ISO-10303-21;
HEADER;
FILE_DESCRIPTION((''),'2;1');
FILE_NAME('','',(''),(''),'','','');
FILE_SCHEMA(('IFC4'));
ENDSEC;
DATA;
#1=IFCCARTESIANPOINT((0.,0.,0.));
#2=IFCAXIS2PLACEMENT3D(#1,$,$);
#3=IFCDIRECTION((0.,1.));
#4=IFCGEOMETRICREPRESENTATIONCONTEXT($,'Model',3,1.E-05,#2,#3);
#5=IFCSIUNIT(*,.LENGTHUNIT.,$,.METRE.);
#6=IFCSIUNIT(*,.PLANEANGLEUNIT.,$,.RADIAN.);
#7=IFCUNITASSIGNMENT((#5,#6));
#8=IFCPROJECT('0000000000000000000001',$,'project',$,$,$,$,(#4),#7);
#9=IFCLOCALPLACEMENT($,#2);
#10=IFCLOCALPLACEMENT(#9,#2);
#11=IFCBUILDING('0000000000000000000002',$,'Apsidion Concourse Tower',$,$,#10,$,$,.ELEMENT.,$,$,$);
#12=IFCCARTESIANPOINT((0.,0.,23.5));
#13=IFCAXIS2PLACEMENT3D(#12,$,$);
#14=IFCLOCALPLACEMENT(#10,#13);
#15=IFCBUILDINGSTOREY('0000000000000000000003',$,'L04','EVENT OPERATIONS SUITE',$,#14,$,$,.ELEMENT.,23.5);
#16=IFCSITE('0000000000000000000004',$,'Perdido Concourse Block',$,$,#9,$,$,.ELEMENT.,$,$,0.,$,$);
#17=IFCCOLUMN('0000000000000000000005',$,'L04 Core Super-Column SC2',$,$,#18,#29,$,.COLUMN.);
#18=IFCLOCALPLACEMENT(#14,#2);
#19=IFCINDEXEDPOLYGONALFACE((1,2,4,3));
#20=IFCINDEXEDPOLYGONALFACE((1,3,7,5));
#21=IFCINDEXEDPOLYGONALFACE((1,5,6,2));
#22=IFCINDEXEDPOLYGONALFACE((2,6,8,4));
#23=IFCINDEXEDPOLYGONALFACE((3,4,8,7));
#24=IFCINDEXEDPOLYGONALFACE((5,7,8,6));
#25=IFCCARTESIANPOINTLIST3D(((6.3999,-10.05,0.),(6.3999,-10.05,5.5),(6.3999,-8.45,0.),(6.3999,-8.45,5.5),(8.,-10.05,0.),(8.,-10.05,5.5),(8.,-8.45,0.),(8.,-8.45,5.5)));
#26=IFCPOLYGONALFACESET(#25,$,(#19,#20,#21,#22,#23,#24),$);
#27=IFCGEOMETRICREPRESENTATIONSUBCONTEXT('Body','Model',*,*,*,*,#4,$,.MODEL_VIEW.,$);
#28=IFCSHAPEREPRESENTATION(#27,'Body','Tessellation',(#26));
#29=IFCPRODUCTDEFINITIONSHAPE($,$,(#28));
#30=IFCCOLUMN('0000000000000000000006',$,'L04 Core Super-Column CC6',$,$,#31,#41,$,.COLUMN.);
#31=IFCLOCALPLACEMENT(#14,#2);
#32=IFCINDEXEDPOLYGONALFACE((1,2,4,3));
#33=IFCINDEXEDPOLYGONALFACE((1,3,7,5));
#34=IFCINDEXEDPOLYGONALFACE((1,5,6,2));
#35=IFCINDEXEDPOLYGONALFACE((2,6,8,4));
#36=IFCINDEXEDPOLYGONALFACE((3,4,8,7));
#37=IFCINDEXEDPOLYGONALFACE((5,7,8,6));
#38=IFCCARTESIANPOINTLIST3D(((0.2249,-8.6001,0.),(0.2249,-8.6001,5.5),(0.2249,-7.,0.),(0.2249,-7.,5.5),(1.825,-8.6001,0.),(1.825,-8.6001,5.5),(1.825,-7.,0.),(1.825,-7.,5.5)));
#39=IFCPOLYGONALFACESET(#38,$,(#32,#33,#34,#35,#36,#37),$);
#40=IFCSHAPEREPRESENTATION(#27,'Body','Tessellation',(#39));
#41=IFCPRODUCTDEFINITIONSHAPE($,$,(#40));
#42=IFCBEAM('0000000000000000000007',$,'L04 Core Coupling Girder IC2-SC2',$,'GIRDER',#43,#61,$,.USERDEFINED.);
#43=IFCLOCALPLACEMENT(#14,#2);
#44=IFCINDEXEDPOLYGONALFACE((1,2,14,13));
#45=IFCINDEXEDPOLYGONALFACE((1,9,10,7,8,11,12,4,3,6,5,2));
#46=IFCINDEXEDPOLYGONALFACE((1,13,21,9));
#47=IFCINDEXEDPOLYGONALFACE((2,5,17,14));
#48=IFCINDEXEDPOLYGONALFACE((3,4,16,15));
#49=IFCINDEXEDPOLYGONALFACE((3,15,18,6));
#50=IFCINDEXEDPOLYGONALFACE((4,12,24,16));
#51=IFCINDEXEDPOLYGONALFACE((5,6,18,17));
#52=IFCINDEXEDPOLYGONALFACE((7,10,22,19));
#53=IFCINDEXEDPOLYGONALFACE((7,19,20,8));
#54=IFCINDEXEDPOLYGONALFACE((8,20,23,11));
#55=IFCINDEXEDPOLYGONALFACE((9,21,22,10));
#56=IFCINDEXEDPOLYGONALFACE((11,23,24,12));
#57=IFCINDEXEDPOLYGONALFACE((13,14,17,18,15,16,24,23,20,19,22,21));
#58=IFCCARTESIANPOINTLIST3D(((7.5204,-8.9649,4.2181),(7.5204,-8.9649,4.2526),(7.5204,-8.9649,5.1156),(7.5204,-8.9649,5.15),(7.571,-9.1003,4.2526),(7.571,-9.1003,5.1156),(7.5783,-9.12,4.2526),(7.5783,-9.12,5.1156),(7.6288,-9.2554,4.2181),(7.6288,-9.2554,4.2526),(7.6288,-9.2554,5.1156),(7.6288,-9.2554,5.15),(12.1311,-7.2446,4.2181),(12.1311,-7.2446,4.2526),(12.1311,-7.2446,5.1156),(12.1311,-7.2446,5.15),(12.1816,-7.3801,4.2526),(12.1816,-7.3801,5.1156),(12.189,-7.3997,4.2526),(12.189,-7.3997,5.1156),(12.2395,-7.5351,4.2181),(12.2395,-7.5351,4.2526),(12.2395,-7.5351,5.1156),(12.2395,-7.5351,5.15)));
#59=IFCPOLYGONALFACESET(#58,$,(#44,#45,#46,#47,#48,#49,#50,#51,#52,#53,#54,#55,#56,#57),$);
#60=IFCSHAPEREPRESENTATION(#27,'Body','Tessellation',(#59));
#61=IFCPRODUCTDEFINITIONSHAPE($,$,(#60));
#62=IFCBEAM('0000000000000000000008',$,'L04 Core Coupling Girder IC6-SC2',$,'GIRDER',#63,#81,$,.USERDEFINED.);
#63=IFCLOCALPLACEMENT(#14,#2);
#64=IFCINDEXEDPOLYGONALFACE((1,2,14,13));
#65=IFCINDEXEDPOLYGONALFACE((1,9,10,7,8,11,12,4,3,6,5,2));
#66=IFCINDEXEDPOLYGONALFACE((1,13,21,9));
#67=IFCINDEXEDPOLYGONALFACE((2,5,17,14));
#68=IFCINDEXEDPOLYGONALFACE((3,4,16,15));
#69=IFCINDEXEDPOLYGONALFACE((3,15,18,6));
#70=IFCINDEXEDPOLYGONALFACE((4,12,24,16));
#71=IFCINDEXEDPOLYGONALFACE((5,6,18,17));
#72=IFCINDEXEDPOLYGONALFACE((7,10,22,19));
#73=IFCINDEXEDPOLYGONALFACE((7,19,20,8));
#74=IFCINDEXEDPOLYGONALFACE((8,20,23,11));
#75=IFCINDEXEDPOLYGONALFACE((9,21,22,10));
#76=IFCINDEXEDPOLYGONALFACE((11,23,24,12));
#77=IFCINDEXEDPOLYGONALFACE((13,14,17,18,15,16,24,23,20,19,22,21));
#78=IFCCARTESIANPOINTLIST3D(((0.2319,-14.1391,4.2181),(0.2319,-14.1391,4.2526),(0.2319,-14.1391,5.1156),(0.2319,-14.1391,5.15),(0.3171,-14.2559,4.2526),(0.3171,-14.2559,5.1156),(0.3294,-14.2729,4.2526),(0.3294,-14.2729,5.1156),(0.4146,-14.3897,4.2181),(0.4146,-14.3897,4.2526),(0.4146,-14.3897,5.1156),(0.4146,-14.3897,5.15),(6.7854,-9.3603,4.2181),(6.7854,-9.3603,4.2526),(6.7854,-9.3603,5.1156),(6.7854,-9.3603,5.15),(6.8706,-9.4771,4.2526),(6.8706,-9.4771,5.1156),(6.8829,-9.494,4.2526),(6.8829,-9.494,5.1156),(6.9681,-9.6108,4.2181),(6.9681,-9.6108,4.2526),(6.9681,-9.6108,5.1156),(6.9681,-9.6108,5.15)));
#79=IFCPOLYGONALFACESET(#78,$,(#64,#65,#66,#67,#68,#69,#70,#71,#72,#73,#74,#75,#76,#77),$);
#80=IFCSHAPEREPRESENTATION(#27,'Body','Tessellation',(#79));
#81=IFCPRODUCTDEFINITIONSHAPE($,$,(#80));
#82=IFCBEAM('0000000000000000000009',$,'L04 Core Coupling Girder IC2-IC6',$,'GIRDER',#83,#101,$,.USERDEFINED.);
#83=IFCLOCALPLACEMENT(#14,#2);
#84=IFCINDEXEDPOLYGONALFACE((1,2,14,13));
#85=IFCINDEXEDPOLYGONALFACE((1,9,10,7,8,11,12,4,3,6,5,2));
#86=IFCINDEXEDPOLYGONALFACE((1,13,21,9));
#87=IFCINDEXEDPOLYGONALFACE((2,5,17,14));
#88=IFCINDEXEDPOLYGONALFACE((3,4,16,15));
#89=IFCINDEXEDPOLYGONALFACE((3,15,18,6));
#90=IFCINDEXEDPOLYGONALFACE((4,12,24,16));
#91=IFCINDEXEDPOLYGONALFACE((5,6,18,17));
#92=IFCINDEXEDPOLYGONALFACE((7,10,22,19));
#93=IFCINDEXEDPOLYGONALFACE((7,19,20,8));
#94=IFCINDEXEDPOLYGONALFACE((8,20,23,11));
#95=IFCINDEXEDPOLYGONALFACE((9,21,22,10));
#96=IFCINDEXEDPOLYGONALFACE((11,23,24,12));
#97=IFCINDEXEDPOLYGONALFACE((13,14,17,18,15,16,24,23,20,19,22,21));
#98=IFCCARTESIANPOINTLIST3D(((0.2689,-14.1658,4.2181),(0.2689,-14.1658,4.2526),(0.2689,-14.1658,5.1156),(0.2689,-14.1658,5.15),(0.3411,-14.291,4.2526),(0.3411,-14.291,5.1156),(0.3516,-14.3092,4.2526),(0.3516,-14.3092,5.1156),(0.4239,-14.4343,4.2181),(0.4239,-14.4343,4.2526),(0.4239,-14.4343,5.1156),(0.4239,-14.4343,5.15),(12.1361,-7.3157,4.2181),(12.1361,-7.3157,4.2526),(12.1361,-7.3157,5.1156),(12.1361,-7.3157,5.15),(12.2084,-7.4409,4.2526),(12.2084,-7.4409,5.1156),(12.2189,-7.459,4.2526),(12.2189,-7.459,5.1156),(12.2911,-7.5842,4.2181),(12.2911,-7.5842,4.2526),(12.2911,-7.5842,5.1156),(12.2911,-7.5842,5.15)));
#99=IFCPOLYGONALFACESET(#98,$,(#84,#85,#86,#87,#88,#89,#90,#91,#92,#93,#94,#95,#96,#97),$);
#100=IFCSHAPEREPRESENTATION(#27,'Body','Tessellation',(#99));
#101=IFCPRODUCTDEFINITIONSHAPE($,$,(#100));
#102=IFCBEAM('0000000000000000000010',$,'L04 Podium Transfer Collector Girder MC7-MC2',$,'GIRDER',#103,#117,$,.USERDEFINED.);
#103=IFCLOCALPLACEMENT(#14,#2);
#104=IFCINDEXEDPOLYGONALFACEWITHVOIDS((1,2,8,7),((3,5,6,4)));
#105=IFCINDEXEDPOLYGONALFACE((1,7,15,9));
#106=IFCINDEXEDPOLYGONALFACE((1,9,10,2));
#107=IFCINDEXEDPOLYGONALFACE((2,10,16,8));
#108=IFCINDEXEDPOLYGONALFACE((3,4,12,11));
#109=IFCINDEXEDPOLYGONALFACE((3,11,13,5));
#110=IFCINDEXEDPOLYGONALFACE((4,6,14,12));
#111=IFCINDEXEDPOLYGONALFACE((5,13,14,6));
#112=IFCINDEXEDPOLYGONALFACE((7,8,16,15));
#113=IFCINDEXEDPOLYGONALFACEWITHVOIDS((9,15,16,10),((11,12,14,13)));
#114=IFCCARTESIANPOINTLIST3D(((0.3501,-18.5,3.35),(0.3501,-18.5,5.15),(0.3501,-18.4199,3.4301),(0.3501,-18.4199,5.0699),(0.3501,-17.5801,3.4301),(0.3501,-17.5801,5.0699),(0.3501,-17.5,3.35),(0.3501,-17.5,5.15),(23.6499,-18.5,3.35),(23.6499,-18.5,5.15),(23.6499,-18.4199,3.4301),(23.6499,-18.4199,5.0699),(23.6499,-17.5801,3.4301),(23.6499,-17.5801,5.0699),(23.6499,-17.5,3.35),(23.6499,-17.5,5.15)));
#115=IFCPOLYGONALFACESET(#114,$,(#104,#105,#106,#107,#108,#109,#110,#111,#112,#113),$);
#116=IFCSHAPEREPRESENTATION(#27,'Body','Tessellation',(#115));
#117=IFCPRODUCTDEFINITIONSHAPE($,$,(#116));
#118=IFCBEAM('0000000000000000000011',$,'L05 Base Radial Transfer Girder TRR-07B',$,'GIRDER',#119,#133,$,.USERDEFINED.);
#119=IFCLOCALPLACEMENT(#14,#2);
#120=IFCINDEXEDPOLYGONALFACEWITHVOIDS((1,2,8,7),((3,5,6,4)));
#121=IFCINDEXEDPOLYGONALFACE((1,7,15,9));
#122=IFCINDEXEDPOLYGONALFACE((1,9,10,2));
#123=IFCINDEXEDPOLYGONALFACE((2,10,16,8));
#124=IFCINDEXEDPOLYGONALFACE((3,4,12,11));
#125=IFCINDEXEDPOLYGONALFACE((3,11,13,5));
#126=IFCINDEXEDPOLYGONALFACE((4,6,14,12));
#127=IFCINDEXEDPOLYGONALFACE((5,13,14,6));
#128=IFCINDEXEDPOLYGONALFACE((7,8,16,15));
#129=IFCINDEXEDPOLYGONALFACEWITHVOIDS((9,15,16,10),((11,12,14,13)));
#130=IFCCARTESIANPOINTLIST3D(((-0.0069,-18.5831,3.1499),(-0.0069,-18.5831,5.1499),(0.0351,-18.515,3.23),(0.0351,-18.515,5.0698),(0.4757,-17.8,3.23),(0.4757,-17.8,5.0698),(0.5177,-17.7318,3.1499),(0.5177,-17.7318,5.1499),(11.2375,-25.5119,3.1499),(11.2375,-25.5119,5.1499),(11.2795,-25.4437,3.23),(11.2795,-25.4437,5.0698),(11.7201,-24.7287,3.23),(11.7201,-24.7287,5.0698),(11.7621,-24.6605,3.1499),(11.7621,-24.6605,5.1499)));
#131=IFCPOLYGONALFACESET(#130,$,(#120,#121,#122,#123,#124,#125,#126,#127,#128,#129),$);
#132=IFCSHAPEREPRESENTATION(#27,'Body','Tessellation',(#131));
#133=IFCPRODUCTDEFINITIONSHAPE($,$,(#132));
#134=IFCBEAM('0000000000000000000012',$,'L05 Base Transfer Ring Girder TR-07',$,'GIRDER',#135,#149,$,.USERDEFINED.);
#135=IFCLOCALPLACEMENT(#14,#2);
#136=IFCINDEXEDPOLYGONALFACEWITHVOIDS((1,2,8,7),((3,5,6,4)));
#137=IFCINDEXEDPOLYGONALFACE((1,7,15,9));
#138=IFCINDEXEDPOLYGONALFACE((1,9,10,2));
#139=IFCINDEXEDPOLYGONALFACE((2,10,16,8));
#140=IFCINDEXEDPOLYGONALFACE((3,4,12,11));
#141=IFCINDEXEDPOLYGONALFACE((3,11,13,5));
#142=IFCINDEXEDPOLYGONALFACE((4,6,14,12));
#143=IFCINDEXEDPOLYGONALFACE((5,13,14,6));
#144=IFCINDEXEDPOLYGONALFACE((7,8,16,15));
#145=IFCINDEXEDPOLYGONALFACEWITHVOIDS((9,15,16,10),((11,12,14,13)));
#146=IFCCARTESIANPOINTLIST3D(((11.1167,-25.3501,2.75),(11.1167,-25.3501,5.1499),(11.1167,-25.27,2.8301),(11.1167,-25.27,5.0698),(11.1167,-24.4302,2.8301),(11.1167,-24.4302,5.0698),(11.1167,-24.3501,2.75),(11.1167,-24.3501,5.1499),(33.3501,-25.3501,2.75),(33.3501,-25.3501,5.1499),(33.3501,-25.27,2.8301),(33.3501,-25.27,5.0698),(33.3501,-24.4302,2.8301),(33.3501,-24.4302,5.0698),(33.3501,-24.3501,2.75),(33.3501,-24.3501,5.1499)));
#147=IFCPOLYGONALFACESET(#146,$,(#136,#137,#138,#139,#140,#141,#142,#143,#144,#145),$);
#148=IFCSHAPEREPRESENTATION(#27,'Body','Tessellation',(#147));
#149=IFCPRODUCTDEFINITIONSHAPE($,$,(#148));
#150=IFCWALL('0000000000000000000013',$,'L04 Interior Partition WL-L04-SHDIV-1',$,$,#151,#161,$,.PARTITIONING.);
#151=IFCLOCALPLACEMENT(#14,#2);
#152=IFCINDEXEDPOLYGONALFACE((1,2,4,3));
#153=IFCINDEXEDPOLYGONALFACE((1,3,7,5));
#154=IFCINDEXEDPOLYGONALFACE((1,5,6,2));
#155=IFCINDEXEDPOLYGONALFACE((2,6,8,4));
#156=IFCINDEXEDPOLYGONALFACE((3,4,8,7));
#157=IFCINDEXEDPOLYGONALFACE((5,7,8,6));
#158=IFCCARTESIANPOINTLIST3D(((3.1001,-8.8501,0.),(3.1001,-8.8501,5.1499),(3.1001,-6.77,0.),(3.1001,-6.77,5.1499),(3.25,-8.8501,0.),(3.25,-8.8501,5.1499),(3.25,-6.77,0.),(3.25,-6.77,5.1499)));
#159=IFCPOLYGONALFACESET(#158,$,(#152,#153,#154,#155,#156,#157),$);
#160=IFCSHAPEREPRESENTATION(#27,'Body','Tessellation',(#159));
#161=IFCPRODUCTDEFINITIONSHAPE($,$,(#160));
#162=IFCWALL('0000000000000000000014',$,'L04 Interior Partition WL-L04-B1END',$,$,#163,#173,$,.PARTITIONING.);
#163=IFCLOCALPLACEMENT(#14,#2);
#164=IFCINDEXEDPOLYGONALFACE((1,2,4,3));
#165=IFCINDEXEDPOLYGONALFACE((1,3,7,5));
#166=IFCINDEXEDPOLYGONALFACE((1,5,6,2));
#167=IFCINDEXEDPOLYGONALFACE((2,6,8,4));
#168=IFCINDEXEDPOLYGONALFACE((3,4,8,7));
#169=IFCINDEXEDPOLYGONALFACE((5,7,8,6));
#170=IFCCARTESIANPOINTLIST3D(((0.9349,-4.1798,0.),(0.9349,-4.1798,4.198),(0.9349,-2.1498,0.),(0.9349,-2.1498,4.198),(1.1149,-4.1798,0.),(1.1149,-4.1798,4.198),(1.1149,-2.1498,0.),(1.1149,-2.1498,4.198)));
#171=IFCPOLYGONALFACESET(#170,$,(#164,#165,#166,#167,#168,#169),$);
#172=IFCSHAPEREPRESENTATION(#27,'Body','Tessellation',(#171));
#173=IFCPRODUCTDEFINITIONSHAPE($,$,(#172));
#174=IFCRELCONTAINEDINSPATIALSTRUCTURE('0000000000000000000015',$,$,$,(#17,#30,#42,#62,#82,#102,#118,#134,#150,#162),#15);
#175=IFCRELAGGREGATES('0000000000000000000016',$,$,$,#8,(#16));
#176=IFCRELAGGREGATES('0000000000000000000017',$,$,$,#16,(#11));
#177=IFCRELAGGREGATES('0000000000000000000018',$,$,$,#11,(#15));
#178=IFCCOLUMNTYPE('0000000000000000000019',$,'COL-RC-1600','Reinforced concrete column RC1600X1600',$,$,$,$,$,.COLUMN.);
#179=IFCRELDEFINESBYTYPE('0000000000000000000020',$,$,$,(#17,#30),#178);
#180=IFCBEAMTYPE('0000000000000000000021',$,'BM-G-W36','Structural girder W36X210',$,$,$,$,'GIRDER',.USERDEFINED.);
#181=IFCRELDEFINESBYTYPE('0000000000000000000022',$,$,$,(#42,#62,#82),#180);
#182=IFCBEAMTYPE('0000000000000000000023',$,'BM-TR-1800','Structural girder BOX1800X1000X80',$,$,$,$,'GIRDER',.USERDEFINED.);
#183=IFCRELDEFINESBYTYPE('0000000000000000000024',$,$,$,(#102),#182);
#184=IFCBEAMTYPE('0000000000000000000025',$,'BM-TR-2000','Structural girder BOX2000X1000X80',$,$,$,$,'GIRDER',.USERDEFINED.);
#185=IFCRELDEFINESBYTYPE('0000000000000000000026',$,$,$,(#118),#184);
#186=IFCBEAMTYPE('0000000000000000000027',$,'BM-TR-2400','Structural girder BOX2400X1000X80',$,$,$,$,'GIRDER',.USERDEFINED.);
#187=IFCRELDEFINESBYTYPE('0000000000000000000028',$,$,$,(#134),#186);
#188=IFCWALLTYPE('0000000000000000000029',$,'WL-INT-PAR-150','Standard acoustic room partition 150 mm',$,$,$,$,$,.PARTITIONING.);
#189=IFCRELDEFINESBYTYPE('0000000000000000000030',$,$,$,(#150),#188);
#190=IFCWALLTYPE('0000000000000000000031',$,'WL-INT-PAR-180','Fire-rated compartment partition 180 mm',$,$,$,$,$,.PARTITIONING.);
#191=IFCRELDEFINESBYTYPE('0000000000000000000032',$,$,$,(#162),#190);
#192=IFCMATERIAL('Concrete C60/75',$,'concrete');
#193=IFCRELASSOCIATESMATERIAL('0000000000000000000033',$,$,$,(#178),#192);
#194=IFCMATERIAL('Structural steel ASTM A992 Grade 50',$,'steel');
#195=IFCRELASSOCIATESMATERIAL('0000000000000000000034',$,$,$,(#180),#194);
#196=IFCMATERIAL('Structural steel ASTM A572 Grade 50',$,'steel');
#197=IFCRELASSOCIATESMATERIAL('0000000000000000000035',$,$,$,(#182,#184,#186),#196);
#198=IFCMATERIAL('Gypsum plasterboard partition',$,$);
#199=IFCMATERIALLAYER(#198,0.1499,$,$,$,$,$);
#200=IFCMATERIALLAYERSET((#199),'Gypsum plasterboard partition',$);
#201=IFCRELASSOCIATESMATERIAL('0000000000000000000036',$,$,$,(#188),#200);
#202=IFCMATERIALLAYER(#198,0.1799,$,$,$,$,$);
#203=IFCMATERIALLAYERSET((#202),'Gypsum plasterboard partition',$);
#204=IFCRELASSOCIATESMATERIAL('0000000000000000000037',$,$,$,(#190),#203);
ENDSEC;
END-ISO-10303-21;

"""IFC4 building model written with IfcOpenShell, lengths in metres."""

from ifc_helpers import new_model, si_unit, direction, frame, frame_2d, origin, origin_2d, place, context, subcontext, project, spatial, rectangle, hollow_rectangle, i_section, extrude, material, layer, layer_set, material_profile, profile_set, type_object, element, save


model = new_model("IFC4")

# Units and contexts
model_context = context("Model", 3, precision=1e-05, world=origin(), true_north=direction((0.0, 1.0)))
body_context = subcontext(model_context, "Body", "Model", "MODEL_VIEW")
ifc_project = project(units=[si_unit("LENGTHUNIT", "METRE"), si_unit("PLANEANGLEUNIT", "RADIAN")], contexts=[model_context])

# Site, building, storey
site_placement = place(None, origin())
site = spatial("IfcSite", under=ifc_project, at=site_placement, Name="Perdido Concourse Block", CompositionType="ELEMENT", RefElevation=0.0)
building_placement = place(site_placement, origin())
building = spatial("IfcBuilding", under=site, at=building_placement, Name="Apsidion Concourse Tower", CompositionType="ELEMENT")
storey_placement = place(building_placement, frame((0.0, 0.0, 23.5)))
storey = spatial("IfcBuildingStorey", under=building, at=storey_placement, Name="L04", Description="EVENT OPERATIONS SUITE", CompositionType="ELEMENT", Elevation=23.5)

# Columns
ifc_material_1 = material(Name="Concrete C60/75", Category="concrete")
ifc_material_profile_1 = material_profile(ifc_material_1, rectangle(XDim=1.6001, YDim=1.6001, at=origin_2d()), Name="RC 1600x1600")
ifc_profile_set_1 = profile_set([ifc_material_profile_1], Name="Concrete C60/75")
column_type = type_object("IfcColumnType", Name="COL-RC-1600", Description="Reinforced concrete column RC1600X1600", PredefinedType="COLUMN", material=ifc_profile_set_1)
for number, where, z_axis, x_axis, name in (
    (1, (7.2, -9.25, 0.0), (0.0, 0.0, 1.0), (1.0, 0.0, 0.0), "L04 Core Super-Column SC2"),
    (2, (1.0249, -7.8, 0.0), (0.0, 0.0, 1.0), (1.0, 0.0, 0.0), "L04 Core Super-Column CC6"),
):
    element("IfcColumn", number, at=place(storey_placement, frame(where, z_axis=z_axis, x_axis=x_axis)), inside=storey, type_object=column_type, Name=name, PredefinedType="COLUMN", context=body_context, shape_type="SweptSolid", body=[
        extrude(rectangle(XDim=1.6001, YDim=1.6001, at=origin_2d()), origin(), (0.0, 0.0, 1.0), 5.5),
    ])

# Beams
ifc_material_2 = material(Name="Structural steel ASTM A992 Grade 50", Category="steel")
ifc_material_profile_2 = material_profile(ifc_material_2, i_section(OverallWidth=0.3101, OverallDepth=0.9319, WebThickness=0.021, FlangeThickness=0.0344, at=origin_2d()), Name="W36X210")
ifc_profile_set_2 = profile_set([ifc_material_profile_2], Name="Structural steel ASTM A992 Grade 50")
beam_type_1 = type_object("IfcBeamType", Name="BM-G-W36", Description="Structural girder W36X210", ElementType="GIRDER", PredefinedType="USERDEFINED", material=ifc_profile_set_2)
beam_1_placement = place(storey_placement, frame((12.1853, -7.3899, 4.6841), z_axis=(-0.936913, -0.349563, 0.0), x_axis=(0.349563, -0.936913, 0.0)))
element("IfcBeam", 3, at=beam_1_placement, inside=storey, type_object=beam_type_1, Name="L04 Core Coupling Girder IC2-SC2", ObjectType="GIRDER", PredefinedType="USERDEFINED", context=body_context, shape_type="SweptSolid", body=[
    extrude(i_section(OverallWidth=0.3101, OverallDepth=0.9319, WebThickness=0.021, FlangeThickness=0.0344, at=origin_2d()), origin(), (0.0, 0.0, 1.0), 4.9211),
])
beam_2_placement = place(storey_placement, frame((0.3232, -14.2644, 4.6841), z_axis=(0.807993, 0.589191, 0.0), x_axis=(-0.589191, 0.807993, 0.0)))
element("IfcBeam", 4, at=beam_2_placement, inside=storey, type_object=beam_type_1, Name="L04 Core Coupling Girder IC6-SC2", ObjectType="GIRDER", PredefinedType="USERDEFINED", context=body_context, shape_type="SweptSolid", body=[
    extrude(i_section(OverallWidth=0.3101, OverallDepth=0.9319, WebThickness=0.021, FlangeThickness=0.0344, at=origin_2d()), origin(), (0.0, 0.0, 1.0), 8.1108),
])
beam_3_placement = place(storey_placement, frame((12.2136, -7.45, 4.6841), z_axis=(-0.86607, -0.499922, 0.0), x_axis=(0.499922, -0.86607, 0.0)))
element("IfcBeam", 5, at=beam_3_placement, inside=storey, type_object=beam_type_1, Name="L04 Core Coupling Girder IC2-IC6", ObjectType="GIRDER", PredefinedType="USERDEFINED", context=body_context, shape_type="SweptSolid", body=[
    extrude(i_section(OverallWidth=0.3101, OverallDepth=0.9319, WebThickness=0.021, FlangeThickness=0.0344, at=origin_2d()), origin(), (0.0, 0.0, 1.0), 13.7024),
])
ifc_material_3 = material(Name="Structural steel ASTM A572 Grade 50", Category="steel")
ifc_material_profile_3 = material_profile(ifc_material_3, hollow_rectangle(XDim=1.0, YDim=1.8, WallThickness=0.0801, at=origin_2d()), Name="BOX1800X1000X80")
ifc_profile_set_3 = profile_set([ifc_material_profile_3], Name="Structural steel ASTM A572 Grade 50")
beam_type_2 = type_object("IfcBeamType", Name="BM-TR-1800", Description="Structural girder BOX1800X1000X80", ElementType="GIRDER", PredefinedType="USERDEFINED", material=ifc_profile_set_3)
beam_4_placement = place(storey_placement, frame((0.3501, -18.0, 4.25), z_axis=(1.0, 0.0, 0.0), x_axis=(0.0, 1.0, 0.0)))
element("IfcBeam", 6, at=beam_4_placement, inside=storey, type_object=beam_type_2, Name="L04 Podium Transfer Collector Girder MC7-MC2", ObjectType="GIRDER", PredefinedType="USERDEFINED", context=body_context, shape_type="SweptSolid", body=[
    extrude(hollow_rectangle(XDim=1.0, YDim=1.8, WallThickness=0.0801, at=origin_2d()), origin(), (0.0, 0.0, 1.0), 23.2998),
])
ifc_material_profile_4 = material_profile(ifc_material_3, hollow_rectangle(XDim=1.0, YDim=2.0, WallThickness=0.0801, at=origin_2d()), Name="BOX2000X1000X80")
ifc_profile_set_4 = profile_set([ifc_material_profile_4], Name="Structural steel ASTM A572 Grade 50")
beam_type_3 = type_object("IfcBeamType", Name="BM-TR-2000", Description="Structural girder BOX2000X1000X80", ElementType="GIRDER", PredefinedType="USERDEFINED", material=ifc_profile_set_4)
beam_5_placement = place(storey_placement, frame((0.2554, -18.1575, 4.1499), z_axis=(0.851351, -0.524597, 0.0), x_axis=(0.524597, 0.851351, 0.0)))
element("IfcBeam", 7, at=beam_5_placement, inside=storey, type_object=beam_type_3, Name="L05 Base Radial Transfer Girder TRR-07B", ObjectType="GIRDER", PredefinedType="USERDEFINED", context=body_context, shape_type="SweptSolid", body=[
    extrude(hollow_rectangle(XDim=1.0, YDim=2.0, WallThickness=0.0801, at=origin_2d()), origin(), (0.0, 0.0, 1.0), 13.2078),
])
ifc_material_profile_5 = material_profile(ifc_material_3, hollow_rectangle(XDim=1.0, YDim=2.3999, WallThickness=0.0801, at=origin_2d()), Name="BOX2400X1000X80")
ifc_profile_set_5 = profile_set([ifc_material_profile_5], Name="Structural steel ASTM A572 Grade 50")
beam_type_4 = type_object("IfcBeamType", Name="BM-TR-2400", Description="Structural girder BOX2400X1000X80", ElementType="GIRDER", PredefinedType="USERDEFINED", material=ifc_profile_set_5)
beam_6_placement = place(storey_placement, frame((11.1167, -24.8501, 3.95), z_axis=(1.0, 0.0, 0.0), x_axis=(0.0, 1.0, 0.0)))
element("IfcBeam", 8, at=beam_6_placement, inside=storey, type_object=beam_type_4, Name="L05 Base Transfer Ring Girder TR-07", ObjectType="GIRDER", PredefinedType="USERDEFINED", context=body_context, shape_type="SweptSolid", body=[
    extrude(hollow_rectangle(XDim=1.0, YDim=2.3999, WallThickness=0.0801, at=origin_2d()), origin(), (0.0, 0.0, 1.0), 22.2334),
])

# Walls
ifc_material_4 = material(Name="Gypsum plasterboard partition")
ifc_layer_1 = layer(ifc_material_4, 0.1499)
ifc_layer_set_1 = layer_set([ifc_layer_1], Name="Gypsum plasterboard partition")
wall_type_1 = type_object("IfcWallType", Name="WL-INT-PAR-150", Description="Standard acoustic room partition 150 mm", PredefinedType="PARTITIONING", material=ifc_layer_set_1)
wall_1_placement = place(storey_placement, frame((3.175, -8.8501, 0.0), z_axis=(0.0, 0.0, 1.0), x_axis=(0.0, 1.0, 0.0)))
element("IfcWall", 9, at=wall_1_placement, inside=storey, type_object=wall_type_1, Name="L04 Interior Partition WL-L04-SHDIV-1", PredefinedType="PARTITIONING", context=body_context, shape_type="SweptSolid", body=[
    extrude(rectangle(XDim=2.0801, YDim=0.1499, at=frame_2d((1.04, 0.0))), origin(), (0.0, 0.0, 1.0), 5.1499),
])
ifc_layer_2 = layer(ifc_material_4, 0.1799)
ifc_layer_set_2 = layer_set([ifc_layer_2], Name="Gypsum plasterboard partition")
wall_type_2 = type_object("IfcWallType", Name="WL-INT-PAR-180", Description="Fire-rated compartment partition 180 mm", PredefinedType="PARTITIONING", material=ifc_layer_set_2)
wall_2_placement = place(storey_placement, frame((1.0249, -4.1799, 0.0), z_axis=(0.0, 0.0, 1.0), x_axis=(0.0, 1.0, 0.0)))
element("IfcWall", 10, at=wall_2_placement, inside=storey, type_object=wall_type_2, Name="L04 Interior Partition WL-L04-B1END", PredefinedType="PARTITIONING", context=body_context, shape_type="SweptSolid", body=[
    extrude(rectangle(XDim=2.03, YDim=0.1799, at=frame_2d((1.0151, 0.0))), origin(), (0.0, 0.0, 1.0), 4.198),
])

save(model, "model.ifc")
